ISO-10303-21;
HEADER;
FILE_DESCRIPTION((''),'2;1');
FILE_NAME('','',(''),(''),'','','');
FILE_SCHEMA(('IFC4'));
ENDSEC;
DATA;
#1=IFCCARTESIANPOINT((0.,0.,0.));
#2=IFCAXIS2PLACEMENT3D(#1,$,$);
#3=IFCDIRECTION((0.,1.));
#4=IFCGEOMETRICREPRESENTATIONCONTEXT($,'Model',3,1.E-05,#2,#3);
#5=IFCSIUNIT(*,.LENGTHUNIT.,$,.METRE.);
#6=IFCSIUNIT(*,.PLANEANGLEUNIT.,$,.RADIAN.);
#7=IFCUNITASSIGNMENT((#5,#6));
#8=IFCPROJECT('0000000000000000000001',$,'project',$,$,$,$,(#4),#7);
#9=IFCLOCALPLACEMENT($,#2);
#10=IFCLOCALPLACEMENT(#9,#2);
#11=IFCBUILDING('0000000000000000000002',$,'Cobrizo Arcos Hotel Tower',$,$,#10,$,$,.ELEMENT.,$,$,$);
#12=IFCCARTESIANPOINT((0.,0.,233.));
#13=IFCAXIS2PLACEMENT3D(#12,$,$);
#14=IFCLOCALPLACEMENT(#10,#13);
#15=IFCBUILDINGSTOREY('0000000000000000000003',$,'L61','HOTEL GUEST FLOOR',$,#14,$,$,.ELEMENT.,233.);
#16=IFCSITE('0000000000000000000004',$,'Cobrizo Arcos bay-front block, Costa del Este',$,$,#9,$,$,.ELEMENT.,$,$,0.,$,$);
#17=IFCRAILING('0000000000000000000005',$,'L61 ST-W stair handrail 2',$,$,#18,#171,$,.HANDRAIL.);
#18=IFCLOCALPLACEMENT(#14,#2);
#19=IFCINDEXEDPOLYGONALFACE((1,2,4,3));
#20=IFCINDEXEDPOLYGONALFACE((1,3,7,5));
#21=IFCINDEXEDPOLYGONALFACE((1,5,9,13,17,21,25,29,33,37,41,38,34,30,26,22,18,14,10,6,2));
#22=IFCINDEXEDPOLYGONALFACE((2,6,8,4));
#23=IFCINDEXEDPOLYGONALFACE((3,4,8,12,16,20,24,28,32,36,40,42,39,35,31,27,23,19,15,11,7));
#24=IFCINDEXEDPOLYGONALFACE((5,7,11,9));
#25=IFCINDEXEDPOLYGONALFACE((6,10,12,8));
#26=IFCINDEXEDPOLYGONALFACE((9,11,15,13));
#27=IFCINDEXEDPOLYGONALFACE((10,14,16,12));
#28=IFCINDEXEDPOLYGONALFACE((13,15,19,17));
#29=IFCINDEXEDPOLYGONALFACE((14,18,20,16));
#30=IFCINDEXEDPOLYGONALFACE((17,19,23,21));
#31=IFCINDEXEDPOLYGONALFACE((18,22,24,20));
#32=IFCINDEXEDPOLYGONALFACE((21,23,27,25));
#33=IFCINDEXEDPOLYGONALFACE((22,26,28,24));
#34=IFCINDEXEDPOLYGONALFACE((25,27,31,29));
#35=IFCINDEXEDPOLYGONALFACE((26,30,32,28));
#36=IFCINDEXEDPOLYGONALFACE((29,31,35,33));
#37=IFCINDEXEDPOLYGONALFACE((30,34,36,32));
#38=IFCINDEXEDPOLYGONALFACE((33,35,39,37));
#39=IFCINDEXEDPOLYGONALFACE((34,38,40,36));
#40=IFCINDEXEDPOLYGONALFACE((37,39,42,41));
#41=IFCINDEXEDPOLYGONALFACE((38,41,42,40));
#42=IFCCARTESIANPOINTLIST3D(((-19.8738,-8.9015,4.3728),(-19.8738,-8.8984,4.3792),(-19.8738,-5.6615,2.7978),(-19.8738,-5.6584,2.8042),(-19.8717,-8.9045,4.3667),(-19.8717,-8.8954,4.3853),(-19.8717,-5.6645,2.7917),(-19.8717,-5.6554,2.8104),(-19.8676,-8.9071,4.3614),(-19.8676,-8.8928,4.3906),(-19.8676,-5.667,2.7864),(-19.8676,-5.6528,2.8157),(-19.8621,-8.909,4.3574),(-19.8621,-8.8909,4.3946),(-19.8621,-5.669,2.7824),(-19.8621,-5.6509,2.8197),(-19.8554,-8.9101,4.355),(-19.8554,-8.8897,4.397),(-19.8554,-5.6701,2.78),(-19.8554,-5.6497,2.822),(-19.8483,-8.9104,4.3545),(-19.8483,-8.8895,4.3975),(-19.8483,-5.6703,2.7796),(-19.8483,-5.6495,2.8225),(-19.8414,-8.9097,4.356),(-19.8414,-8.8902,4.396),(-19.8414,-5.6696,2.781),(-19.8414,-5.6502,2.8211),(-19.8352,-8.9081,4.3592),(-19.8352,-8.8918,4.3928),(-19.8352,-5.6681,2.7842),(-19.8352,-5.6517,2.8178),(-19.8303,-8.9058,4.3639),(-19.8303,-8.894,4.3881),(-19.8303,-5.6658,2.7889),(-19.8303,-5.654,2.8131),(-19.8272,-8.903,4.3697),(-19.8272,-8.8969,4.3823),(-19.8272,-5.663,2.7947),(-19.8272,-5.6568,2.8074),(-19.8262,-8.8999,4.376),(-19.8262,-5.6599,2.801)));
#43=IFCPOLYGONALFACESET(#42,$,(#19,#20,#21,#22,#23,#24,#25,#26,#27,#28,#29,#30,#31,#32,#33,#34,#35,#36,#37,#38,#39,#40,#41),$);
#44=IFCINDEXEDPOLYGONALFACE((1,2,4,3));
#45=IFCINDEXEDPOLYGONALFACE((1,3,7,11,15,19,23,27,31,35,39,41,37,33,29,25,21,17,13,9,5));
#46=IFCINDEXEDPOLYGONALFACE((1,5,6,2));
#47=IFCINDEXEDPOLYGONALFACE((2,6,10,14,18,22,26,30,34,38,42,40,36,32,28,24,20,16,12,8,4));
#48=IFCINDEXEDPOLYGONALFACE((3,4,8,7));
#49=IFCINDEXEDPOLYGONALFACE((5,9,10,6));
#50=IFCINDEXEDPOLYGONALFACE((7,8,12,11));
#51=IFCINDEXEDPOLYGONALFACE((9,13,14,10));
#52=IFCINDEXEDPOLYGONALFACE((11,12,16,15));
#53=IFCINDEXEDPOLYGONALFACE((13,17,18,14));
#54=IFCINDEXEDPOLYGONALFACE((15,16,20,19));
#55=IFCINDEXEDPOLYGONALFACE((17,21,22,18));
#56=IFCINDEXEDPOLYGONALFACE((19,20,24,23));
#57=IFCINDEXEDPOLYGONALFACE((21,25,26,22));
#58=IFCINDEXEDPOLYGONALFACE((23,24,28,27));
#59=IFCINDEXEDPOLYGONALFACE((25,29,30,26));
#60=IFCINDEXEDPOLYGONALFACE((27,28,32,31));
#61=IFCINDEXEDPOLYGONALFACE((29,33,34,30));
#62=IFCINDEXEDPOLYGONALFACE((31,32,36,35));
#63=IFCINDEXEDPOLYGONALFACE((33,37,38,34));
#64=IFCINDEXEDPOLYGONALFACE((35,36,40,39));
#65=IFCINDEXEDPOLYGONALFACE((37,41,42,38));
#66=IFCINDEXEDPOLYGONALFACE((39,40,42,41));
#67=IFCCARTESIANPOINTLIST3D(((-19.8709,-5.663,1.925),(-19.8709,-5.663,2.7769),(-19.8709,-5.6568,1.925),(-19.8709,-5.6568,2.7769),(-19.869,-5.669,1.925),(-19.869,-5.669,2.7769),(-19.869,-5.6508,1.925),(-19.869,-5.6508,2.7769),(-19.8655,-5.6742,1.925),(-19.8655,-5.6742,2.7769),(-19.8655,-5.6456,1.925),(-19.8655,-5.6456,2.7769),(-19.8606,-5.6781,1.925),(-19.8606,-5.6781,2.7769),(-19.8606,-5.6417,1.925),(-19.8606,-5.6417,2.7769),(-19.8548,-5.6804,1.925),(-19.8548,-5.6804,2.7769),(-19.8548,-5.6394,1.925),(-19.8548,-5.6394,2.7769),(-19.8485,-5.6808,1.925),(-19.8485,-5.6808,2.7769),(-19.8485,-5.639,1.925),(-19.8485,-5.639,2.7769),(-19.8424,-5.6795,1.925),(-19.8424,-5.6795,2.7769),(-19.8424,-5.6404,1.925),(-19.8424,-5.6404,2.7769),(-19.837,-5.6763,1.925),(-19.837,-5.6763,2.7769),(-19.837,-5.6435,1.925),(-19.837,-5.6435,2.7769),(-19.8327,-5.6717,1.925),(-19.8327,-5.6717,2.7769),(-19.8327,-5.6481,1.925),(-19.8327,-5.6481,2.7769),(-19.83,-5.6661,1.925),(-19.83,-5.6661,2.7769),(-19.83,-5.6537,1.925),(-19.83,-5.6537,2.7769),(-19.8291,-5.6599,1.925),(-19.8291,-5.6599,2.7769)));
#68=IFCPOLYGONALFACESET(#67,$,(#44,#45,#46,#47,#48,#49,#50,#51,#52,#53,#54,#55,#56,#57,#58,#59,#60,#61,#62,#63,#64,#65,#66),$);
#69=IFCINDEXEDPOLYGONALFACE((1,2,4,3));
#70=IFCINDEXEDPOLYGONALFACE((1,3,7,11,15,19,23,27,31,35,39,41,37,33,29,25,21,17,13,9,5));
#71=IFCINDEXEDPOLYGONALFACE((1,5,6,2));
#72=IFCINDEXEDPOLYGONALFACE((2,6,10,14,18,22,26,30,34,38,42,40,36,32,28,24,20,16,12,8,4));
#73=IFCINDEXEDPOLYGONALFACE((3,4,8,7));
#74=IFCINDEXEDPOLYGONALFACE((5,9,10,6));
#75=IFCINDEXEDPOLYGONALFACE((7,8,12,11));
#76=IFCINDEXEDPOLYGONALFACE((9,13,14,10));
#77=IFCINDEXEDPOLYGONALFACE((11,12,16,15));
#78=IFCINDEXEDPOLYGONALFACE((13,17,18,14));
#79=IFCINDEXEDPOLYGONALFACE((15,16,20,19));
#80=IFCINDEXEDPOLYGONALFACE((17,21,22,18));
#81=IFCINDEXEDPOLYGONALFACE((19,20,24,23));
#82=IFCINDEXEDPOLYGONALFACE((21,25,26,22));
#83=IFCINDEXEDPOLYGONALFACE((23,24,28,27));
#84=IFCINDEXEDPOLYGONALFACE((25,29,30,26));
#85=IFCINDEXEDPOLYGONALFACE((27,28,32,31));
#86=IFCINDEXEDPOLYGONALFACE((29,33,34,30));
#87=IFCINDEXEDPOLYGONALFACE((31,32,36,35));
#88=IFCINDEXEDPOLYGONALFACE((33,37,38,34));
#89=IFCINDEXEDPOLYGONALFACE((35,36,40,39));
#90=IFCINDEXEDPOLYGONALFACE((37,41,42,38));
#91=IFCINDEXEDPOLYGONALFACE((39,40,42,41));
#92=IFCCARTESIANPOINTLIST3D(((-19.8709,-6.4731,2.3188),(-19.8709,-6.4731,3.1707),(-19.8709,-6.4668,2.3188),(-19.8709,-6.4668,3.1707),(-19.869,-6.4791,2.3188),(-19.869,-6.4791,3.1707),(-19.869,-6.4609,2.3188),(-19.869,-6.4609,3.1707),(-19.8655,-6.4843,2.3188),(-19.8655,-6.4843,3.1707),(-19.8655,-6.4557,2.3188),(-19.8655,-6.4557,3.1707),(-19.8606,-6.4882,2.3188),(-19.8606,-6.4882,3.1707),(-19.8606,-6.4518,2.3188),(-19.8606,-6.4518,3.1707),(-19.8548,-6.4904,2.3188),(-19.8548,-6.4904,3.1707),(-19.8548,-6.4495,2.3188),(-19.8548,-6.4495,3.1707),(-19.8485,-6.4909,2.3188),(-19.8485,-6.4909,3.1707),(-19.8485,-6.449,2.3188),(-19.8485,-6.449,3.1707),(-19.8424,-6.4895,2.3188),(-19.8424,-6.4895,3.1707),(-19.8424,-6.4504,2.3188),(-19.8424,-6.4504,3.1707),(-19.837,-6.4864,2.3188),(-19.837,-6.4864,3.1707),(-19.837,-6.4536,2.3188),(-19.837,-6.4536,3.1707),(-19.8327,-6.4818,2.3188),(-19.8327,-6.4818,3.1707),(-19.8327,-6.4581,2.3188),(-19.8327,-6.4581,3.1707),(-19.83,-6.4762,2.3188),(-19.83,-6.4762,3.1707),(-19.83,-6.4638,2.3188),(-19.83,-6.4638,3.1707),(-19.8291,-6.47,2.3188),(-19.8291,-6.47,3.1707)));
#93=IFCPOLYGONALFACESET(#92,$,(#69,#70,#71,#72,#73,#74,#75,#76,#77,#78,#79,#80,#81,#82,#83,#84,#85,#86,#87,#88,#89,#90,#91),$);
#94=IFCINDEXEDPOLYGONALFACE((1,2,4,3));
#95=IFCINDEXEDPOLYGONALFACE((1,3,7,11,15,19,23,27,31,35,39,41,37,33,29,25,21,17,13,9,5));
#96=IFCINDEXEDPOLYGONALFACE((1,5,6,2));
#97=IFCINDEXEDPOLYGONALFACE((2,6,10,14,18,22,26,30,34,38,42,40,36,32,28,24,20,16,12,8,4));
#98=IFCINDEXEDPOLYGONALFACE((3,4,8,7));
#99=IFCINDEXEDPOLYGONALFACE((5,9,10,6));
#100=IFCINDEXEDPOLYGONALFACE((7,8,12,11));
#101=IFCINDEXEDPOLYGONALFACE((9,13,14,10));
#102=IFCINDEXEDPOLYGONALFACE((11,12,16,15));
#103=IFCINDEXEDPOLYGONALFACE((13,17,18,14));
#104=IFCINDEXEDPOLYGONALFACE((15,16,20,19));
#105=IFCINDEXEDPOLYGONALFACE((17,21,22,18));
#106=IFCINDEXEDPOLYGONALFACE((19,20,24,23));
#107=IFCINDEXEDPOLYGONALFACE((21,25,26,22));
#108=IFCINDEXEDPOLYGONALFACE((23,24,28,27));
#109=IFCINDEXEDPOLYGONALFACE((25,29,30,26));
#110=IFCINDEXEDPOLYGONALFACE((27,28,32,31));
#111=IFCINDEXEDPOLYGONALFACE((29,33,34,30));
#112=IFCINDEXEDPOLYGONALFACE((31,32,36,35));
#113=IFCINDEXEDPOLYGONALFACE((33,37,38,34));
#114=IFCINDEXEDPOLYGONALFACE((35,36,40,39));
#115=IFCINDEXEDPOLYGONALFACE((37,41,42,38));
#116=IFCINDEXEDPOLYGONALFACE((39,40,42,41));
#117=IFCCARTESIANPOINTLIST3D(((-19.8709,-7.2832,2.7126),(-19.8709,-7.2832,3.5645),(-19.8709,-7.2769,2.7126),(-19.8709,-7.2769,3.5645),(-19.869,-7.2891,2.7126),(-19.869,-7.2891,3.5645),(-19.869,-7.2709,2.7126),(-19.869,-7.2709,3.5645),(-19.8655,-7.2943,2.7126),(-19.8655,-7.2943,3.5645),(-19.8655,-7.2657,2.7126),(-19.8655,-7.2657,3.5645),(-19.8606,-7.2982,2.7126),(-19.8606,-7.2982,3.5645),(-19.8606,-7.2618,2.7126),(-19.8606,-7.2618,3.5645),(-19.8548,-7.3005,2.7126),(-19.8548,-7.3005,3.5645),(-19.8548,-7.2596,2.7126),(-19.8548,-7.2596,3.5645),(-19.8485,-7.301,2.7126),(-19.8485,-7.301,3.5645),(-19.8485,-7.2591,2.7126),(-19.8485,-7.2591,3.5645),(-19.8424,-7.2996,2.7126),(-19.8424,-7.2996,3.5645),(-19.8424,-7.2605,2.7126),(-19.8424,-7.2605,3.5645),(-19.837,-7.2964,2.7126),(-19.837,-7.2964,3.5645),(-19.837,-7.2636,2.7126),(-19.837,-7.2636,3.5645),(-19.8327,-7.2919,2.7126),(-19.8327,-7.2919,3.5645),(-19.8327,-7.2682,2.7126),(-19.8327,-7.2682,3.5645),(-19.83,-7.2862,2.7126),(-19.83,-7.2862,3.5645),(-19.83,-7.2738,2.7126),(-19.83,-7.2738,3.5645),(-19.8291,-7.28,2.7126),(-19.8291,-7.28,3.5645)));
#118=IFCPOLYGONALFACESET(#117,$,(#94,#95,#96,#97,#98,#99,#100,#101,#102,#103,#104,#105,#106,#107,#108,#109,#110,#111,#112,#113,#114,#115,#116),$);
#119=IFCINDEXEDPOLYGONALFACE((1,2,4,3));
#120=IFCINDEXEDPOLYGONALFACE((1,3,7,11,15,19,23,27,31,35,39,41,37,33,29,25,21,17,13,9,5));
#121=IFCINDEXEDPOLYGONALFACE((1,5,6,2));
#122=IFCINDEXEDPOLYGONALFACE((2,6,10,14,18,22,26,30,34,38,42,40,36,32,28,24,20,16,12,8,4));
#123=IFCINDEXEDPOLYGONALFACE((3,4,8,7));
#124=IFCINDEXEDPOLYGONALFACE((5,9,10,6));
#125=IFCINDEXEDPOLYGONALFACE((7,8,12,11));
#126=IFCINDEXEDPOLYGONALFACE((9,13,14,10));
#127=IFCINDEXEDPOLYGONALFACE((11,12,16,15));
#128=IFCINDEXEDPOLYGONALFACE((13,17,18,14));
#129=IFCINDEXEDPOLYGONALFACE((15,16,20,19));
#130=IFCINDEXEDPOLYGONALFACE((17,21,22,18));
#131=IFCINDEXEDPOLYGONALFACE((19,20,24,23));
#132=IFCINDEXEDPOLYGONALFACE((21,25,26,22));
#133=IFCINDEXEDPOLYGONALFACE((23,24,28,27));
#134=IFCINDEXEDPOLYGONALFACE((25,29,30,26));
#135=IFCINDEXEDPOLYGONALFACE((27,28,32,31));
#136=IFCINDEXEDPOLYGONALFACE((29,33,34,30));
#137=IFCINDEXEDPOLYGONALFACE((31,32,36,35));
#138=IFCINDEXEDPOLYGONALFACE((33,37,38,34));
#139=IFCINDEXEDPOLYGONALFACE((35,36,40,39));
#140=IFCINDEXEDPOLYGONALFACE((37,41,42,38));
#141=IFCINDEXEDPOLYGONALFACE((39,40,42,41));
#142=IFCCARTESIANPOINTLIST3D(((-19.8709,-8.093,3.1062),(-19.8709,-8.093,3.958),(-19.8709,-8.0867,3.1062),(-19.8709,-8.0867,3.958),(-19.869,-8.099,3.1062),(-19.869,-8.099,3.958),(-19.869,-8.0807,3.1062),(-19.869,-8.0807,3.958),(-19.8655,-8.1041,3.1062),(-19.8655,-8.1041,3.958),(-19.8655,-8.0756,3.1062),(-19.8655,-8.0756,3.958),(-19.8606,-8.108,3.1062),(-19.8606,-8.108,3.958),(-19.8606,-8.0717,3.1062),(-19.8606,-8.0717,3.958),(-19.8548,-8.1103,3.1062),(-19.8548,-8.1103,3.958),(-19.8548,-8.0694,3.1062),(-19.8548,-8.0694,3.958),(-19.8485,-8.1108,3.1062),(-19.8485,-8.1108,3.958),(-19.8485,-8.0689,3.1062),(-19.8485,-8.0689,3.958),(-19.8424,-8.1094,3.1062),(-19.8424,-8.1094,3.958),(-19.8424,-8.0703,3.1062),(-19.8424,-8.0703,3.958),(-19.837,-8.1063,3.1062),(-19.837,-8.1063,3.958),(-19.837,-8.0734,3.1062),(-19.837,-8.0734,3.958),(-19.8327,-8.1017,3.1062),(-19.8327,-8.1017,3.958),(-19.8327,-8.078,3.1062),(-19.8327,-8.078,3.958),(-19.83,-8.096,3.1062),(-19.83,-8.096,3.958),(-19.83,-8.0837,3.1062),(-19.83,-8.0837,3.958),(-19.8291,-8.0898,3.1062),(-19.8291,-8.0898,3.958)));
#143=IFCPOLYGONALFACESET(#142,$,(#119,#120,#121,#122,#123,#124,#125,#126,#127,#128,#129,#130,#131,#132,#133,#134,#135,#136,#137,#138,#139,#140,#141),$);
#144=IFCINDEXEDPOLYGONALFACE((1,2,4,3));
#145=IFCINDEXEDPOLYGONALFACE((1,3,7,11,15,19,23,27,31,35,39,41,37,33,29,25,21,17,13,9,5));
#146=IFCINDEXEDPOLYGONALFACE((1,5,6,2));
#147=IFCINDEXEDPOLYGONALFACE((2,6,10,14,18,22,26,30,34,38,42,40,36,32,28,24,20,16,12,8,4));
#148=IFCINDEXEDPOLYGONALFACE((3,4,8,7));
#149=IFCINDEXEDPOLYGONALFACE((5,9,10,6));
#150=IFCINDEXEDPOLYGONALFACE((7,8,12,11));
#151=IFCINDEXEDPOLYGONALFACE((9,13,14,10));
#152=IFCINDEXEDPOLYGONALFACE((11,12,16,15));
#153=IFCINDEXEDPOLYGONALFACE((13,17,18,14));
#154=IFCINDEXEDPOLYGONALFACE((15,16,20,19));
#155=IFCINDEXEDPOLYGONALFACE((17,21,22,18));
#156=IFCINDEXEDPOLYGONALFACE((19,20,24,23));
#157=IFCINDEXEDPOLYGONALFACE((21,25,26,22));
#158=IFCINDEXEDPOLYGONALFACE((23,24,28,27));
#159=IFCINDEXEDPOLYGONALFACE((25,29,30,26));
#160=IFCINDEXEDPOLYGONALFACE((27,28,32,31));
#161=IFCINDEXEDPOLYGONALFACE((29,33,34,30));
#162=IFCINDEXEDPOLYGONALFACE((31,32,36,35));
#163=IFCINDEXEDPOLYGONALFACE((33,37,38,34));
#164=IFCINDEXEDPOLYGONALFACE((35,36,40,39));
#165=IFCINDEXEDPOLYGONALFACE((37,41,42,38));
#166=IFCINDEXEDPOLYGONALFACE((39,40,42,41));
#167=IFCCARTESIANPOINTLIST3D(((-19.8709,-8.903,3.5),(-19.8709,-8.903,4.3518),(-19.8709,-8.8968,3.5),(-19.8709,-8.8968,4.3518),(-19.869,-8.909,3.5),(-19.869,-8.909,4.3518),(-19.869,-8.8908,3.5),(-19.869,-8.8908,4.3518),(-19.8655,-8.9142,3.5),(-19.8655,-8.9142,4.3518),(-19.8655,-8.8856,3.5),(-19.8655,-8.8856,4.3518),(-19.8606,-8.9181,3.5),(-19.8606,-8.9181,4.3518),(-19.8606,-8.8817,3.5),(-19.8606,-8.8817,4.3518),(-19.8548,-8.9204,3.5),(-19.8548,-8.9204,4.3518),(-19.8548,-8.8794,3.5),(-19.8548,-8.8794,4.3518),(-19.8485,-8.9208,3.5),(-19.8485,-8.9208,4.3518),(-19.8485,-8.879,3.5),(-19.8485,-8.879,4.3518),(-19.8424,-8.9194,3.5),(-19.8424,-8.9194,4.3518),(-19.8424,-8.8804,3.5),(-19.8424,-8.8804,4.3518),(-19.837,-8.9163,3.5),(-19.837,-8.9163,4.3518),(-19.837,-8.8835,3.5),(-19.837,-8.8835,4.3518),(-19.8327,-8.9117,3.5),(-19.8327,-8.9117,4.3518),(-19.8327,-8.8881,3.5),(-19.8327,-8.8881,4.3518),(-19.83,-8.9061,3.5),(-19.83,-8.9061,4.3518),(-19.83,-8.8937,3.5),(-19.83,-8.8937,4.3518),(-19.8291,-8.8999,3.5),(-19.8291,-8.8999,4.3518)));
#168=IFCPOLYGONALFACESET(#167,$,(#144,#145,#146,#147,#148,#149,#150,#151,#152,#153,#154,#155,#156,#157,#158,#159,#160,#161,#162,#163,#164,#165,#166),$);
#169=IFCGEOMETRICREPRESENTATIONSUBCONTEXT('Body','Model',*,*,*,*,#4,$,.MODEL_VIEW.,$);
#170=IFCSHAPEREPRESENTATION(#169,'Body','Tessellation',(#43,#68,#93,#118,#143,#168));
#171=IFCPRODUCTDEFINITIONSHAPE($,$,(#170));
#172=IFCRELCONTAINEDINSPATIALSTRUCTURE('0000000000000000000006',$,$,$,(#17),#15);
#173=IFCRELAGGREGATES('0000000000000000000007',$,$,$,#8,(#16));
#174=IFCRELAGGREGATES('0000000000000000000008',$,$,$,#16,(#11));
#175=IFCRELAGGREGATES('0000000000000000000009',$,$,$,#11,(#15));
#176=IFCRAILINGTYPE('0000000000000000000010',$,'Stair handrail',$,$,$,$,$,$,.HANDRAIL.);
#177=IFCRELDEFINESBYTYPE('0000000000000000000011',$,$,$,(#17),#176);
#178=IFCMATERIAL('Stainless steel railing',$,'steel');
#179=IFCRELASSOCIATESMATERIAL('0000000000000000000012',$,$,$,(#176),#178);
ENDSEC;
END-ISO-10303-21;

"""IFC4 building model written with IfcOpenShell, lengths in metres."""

from ifc_helpers import new_model, si_unit, direction, frame, origin, origin_2d, place, context, subcontext, project, spatial, circle, extrude, material, type_object, element, save


model = new_model("IFC4")

# Units and contexts
model_context = context("Model", 3, precision=1e-05, world=origin(), true_north=direction((0.0, 1.0)))
body_context = subcontext(model_context, "Body", "Model", "MODEL_VIEW")
ifc_project = project(units=[si_unit("LENGTHUNIT", "METRE"), si_unit("PLANEANGLEUNIT", "RADIAN")], contexts=[model_context])

# Site, building, storey
site_placement = place(None, origin())
site = spatial("IfcSite", under=ifc_project, at=site_placement, Name="Cobrizo Arcos bay-front block, Costa del Este", CompositionType="ELEMENT", RefElevation=0.0)
building_placement = place(site_placement, origin())
building = spatial("IfcBuilding", under=site, at=building_placement, Name="Cobrizo Arcos Hotel Tower", CompositionType="ELEMENT")
storey_placement = place(building_placement, frame((0.0, 0.0, 233.0)))
storey = spatial("IfcBuildingStorey", under=building, at=storey_placement, Name="L61", Description="HOTEL GUEST FLOOR", CompositionType="ELEMENT", Elevation=233.0)

# Railing
ifc_material_1 = material(Name="Stainless steel railing", Category="steel")
railing_type_1 = type_object("IfcRailingType", Name="Stair handrail", PredefinedType="HANDRAIL", material=ifc_material_1)
railing_1_placement = place(storey_placement, frame((-19.8501, -5.6599, 1.925)))
element("IfcRailing", 1, at=railing_1_placement, inside=storey, type_object=railing_type_1, Name="L61 ST-W stair handrail 2", PredefinedType="HANDRAIL", context=body_context, shape_type="SweptSolid", body=[
    extrude(circle(Radius=0.0239, at=origin_2d()), frame((0.0, 0.0, 0.876), z_axis=(0.0, -0.899373, 0.437183), x_axis=(1.0, 0.0, 0.0)), (0.0, 0.0, 1.0), 3.6025),
    extrude(circle(Radius=0.021, at=origin_2d()), origin(), (0.0, 0.0, 1.0), 0.8518),
    extrude(circle(Radius=0.021, at=origin_2d()), frame((0.0, -0.8101, 0.3938)), (0.0, 0.0, 1.0), 0.8518),
    extrude(circle(Radius=0.021, at=origin_2d()), frame((0.0, -1.6201, 0.7876)), (0.0, 0.0, 1.0), 0.8518),
    extrude(circle(Radius=0.021, at=origin_2d()), frame((0.0, -2.4299, 1.1812)), (0.0, 0.0, 1.0), 0.8518),
    extrude(circle(Radius=0.021, at=origin_2d()), frame((0.0, -3.24, 1.575)), (0.0, 0.0, 1.0), 0.8518),
])

save(model, "model.ifc")
